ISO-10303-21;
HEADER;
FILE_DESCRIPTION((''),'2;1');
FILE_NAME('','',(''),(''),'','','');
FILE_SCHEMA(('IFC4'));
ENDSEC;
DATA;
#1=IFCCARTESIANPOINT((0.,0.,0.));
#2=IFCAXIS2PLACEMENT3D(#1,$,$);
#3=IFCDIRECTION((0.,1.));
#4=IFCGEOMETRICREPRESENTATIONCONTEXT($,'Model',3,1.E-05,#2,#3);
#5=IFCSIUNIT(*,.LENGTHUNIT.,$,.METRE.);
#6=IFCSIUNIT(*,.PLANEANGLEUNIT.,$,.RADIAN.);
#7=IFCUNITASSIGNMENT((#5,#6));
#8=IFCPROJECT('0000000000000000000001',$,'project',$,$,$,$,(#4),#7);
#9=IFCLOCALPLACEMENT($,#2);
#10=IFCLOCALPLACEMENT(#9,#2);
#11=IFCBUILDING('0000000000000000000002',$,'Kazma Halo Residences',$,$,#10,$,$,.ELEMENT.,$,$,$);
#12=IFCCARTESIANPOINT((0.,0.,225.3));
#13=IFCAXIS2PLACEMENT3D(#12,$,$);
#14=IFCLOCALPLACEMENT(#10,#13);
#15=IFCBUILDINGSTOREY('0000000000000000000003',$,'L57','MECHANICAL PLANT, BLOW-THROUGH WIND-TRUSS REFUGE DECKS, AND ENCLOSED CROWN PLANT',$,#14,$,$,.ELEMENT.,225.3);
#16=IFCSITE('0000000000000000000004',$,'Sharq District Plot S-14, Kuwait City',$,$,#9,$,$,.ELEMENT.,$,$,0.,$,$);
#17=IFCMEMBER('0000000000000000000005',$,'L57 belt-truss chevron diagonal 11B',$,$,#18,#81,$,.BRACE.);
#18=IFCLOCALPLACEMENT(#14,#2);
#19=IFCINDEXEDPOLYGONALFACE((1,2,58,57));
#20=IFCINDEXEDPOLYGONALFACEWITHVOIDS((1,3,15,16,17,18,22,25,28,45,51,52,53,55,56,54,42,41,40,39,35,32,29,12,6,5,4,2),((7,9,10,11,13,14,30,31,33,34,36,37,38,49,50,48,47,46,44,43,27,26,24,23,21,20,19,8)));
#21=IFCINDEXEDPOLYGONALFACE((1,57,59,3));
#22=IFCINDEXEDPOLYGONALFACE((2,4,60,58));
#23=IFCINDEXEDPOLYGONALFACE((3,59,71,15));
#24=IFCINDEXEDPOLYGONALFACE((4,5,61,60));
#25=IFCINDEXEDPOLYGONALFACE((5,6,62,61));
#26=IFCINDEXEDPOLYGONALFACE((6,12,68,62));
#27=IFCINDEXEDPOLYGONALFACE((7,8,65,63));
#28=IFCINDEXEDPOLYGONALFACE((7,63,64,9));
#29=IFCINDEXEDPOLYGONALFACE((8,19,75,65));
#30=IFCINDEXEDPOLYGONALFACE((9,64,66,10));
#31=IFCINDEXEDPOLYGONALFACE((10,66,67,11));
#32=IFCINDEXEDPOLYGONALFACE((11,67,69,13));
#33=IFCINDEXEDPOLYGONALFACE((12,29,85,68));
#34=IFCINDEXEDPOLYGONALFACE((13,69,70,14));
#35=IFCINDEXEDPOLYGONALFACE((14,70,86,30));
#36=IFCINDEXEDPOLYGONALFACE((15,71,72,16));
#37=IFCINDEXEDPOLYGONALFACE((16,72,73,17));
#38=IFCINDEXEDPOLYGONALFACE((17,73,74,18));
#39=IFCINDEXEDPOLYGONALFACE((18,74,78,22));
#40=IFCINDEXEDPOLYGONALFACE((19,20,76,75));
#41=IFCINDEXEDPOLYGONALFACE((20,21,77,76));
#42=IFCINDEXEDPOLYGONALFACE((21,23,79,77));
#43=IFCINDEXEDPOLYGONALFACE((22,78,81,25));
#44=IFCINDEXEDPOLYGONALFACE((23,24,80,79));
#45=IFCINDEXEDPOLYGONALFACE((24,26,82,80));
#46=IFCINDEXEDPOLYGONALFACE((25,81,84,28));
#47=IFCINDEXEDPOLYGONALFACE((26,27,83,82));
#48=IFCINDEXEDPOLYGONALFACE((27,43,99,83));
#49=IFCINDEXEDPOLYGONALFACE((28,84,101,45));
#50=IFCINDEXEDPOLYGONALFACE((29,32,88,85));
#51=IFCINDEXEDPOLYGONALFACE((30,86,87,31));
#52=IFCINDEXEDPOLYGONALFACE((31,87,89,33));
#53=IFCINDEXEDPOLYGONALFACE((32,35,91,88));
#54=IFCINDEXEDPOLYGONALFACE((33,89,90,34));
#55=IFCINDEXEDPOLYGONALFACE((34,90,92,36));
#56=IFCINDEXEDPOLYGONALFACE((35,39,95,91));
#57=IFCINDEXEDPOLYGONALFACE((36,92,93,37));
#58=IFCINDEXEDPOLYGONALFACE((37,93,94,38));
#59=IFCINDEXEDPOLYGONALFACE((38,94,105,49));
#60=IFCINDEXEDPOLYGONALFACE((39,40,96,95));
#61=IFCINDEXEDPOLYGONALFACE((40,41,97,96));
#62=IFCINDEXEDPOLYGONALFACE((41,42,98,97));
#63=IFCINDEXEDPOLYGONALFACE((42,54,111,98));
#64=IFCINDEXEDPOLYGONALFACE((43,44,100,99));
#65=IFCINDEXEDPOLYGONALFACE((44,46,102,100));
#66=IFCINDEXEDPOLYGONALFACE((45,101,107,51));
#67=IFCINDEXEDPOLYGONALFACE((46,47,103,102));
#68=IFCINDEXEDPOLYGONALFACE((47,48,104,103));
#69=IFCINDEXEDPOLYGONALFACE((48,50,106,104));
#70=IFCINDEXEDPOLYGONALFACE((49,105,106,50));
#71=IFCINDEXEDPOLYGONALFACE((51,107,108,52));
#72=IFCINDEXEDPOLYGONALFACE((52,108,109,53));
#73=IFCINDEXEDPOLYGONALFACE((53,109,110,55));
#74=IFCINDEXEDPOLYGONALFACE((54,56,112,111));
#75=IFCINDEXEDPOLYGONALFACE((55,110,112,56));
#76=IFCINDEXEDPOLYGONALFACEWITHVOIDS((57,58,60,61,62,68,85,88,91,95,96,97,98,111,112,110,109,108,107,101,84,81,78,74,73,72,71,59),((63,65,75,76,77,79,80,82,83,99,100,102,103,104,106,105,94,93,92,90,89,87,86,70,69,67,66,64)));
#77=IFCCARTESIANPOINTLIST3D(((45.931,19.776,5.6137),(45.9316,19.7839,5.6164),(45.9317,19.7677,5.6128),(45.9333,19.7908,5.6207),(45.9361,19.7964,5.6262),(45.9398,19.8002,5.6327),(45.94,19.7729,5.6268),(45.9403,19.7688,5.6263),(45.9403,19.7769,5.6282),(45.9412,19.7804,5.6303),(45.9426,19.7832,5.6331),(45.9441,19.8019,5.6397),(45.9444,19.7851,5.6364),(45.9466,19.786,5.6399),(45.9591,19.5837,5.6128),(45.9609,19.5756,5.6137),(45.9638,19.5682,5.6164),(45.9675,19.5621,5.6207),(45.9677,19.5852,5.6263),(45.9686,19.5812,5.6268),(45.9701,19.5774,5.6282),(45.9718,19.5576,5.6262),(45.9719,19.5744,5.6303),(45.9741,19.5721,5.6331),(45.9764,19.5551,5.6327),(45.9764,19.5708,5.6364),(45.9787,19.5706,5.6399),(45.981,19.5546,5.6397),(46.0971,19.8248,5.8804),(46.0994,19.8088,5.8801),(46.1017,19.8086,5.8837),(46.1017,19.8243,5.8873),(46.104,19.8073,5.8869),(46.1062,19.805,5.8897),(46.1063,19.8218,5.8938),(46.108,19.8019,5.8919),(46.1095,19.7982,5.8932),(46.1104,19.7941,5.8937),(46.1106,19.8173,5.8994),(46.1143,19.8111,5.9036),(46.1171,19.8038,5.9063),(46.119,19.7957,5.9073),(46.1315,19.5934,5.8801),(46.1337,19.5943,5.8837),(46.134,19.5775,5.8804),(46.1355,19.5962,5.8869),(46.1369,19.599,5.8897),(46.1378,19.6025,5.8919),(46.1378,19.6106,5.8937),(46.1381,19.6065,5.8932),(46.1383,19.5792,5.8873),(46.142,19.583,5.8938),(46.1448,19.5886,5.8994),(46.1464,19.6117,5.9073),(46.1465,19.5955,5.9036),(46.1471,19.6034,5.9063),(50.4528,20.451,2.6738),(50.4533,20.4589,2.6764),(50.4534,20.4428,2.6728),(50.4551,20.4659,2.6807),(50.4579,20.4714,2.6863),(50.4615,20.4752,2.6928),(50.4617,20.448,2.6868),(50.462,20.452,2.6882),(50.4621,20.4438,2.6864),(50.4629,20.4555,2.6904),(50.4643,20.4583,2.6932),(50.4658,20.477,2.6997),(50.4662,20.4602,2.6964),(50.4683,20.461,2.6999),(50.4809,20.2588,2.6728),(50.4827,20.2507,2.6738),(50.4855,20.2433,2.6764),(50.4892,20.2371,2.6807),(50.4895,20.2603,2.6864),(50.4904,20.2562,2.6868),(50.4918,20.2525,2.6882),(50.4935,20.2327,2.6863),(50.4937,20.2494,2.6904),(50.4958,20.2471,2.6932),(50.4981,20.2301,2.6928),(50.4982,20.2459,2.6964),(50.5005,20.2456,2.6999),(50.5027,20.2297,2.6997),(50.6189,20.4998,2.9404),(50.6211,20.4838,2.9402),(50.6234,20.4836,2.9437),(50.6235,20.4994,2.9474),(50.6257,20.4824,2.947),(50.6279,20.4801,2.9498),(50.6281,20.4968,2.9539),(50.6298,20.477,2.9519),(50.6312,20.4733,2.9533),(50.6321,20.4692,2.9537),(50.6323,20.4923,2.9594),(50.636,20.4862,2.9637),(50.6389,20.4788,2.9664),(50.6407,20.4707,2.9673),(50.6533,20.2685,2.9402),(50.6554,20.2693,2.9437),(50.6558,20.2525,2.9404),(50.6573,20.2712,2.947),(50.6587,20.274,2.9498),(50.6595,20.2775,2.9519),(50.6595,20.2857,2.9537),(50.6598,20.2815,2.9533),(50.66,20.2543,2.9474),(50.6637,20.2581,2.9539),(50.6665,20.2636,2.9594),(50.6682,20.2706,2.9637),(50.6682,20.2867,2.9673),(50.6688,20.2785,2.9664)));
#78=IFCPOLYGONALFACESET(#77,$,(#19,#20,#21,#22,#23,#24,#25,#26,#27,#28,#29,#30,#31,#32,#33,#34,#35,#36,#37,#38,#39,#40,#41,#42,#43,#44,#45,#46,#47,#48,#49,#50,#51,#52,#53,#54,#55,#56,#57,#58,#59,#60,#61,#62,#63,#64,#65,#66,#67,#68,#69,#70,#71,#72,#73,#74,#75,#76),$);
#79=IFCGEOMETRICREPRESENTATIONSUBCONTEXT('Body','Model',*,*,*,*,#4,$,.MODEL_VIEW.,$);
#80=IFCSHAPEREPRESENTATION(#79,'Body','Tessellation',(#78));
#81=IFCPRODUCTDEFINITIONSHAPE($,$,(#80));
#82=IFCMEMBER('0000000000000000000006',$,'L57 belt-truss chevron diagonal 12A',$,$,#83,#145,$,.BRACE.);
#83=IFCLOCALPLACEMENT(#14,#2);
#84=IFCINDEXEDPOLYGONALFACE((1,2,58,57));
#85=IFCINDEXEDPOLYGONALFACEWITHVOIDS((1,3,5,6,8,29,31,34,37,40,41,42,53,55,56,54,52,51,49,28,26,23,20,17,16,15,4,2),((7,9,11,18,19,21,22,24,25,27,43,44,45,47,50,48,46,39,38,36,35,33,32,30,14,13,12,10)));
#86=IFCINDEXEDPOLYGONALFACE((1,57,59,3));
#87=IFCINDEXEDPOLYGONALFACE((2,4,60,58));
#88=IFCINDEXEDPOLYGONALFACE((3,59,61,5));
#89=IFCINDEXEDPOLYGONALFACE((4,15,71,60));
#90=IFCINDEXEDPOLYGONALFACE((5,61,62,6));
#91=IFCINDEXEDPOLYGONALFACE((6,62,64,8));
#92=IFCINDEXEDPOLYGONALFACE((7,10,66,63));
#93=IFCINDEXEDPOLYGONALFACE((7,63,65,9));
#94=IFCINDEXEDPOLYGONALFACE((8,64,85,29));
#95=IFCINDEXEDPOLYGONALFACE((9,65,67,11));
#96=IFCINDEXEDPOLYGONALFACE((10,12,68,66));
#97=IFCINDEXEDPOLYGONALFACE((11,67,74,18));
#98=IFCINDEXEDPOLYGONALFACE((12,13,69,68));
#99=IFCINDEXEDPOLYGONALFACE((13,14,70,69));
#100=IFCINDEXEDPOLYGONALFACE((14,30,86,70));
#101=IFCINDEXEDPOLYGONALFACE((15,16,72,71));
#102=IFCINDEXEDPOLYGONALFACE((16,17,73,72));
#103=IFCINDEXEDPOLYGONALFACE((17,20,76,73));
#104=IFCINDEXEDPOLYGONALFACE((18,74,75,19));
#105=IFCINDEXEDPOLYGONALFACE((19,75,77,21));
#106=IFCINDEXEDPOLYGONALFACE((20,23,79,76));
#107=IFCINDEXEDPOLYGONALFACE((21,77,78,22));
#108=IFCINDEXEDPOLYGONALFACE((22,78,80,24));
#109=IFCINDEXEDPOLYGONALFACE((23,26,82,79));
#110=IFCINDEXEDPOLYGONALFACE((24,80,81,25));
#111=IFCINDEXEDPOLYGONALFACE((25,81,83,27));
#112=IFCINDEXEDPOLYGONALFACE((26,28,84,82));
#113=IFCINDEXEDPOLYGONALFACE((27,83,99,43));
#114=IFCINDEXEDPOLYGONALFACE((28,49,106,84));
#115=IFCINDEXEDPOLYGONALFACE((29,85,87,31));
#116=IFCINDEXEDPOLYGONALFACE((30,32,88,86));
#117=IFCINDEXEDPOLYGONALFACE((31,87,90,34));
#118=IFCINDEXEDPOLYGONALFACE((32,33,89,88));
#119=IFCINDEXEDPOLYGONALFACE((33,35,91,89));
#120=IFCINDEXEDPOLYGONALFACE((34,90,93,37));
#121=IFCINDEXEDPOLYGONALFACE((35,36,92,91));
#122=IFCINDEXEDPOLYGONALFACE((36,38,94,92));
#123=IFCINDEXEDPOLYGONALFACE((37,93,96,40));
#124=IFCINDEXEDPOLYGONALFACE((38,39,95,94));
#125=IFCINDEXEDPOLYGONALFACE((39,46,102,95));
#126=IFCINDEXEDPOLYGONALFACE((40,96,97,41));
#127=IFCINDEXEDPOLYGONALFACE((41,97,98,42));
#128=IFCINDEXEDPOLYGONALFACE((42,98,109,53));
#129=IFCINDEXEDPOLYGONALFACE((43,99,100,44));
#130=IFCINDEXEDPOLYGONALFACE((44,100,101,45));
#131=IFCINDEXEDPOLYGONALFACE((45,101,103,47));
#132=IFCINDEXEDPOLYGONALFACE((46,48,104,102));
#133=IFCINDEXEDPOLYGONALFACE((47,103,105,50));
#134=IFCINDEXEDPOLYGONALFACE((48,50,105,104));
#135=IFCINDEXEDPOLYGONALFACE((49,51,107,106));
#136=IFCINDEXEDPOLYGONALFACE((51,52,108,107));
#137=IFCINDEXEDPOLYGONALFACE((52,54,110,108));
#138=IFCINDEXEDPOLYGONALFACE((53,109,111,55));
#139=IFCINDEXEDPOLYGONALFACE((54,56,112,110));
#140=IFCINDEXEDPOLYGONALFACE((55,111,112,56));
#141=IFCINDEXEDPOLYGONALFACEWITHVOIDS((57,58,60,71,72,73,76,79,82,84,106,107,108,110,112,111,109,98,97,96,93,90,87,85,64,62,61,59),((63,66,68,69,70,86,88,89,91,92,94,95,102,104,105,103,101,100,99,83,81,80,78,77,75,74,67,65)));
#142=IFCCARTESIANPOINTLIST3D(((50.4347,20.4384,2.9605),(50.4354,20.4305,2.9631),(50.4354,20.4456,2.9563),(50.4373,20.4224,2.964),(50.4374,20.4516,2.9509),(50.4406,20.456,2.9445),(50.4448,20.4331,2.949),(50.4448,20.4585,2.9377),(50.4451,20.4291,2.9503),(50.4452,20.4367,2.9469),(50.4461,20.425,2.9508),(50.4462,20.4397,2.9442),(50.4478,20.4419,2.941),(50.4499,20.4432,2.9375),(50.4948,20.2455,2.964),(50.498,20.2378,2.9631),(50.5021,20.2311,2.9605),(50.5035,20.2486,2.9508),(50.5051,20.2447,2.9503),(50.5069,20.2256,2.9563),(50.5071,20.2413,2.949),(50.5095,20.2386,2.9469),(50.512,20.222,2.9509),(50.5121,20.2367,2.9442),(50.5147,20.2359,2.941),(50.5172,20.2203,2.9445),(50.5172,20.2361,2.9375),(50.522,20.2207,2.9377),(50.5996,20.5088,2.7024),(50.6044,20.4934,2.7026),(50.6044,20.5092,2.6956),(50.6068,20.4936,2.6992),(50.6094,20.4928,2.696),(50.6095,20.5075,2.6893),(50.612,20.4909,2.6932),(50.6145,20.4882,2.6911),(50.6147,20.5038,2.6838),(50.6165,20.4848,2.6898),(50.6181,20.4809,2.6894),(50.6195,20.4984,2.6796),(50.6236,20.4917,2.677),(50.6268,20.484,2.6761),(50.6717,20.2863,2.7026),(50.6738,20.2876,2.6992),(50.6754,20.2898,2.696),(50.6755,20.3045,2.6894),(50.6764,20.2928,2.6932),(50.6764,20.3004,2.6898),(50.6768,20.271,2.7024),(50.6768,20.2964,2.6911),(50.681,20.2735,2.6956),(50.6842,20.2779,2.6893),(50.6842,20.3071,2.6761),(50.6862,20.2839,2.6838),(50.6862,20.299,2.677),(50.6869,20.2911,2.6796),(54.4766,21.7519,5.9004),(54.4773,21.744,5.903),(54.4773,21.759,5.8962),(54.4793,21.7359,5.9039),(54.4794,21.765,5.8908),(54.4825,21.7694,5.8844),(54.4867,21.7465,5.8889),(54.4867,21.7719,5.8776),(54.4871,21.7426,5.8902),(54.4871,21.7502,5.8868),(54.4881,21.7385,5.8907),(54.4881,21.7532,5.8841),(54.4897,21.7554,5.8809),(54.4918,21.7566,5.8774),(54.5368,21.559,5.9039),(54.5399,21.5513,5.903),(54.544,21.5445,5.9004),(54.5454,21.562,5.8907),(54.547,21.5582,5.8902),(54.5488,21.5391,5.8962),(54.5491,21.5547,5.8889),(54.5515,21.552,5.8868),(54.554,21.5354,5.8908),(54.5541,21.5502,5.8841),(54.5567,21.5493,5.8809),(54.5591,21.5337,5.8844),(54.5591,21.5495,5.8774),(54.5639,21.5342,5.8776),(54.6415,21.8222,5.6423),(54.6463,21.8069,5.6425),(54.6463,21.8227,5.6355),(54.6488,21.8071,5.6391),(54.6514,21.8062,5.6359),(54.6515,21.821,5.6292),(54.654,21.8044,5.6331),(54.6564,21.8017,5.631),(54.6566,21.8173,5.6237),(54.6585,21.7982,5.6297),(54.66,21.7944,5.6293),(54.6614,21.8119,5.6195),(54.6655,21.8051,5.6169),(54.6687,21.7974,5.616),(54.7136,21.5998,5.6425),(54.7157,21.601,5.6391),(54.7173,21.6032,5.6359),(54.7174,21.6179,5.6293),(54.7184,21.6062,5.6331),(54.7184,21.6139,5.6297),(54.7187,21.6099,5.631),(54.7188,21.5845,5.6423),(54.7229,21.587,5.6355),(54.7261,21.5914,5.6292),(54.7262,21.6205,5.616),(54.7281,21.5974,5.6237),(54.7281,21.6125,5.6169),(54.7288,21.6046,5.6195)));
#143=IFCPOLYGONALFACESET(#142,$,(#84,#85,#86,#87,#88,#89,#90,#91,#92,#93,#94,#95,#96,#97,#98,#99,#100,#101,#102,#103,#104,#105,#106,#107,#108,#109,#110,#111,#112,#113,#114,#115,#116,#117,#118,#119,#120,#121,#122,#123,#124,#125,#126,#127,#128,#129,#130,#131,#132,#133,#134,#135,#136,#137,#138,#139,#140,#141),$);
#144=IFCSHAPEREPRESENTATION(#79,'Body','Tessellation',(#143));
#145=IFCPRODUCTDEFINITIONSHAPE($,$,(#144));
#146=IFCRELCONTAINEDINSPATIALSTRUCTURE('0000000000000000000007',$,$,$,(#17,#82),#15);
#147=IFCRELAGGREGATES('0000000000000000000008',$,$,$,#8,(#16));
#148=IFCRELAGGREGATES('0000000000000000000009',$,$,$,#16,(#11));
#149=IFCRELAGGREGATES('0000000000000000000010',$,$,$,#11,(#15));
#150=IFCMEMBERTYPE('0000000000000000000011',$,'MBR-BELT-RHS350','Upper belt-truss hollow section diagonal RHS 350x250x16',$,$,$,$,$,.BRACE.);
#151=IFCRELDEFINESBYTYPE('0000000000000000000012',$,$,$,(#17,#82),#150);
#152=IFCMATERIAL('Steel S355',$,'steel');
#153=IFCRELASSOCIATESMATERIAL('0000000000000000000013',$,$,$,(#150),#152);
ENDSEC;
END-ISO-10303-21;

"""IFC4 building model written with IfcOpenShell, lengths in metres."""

from ifc_helpers import new_model, si_unit, direction, frame, origin, origin_2d, place, context, subcontext, project, spatial, hollow_rectangle, extrude, material, material_profile, profile_set, type_object, element, save


model = new_model("IFC4")

# Units and contexts
model_context = context("Model", 3, precision=1e-05, world=origin(), true_north=direction((0.0, 1.0)))
body_context = subcontext(model_context, "Body", "Model", "MODEL_VIEW")
ifc_project = project(units=[si_unit("LENGTHUNIT", "METRE"), si_unit("PLANEANGLEUNIT", "RADIAN")], contexts=[model_context])

# Site, building, storey
site_placement = place(None, origin())
site = spatial("IfcSite", under=ifc_project, at=site_placement, Name="Sharq District Plot S-14, Kuwait City", CompositionType="ELEMENT", RefElevation=0.0)
building_placement = place(site_placement, origin())
building = spatial("IfcBuilding", under=site, at=building_placement, Name="Kazma Halo Residences", CompositionType="ELEMENT")
storey_placement = place(building_placement, frame((0.0, 0.0, 225.3)))
storey = spatial("IfcBuildingStorey", under=building, at=storey_placement, Name="L57", Description="MECHANICAL PLANT, BLOW-THROUGH WIND-TRUSS REFUGE DECKS, AND ENCLOSED CROWN PLANT", CompositionType="ELEMENT", Elevation=225.3)

# Shared definitions
ifc_material_1 = material(Name="Steel S355", Category="steel")

# Members
ifc_material_profile_1 = material_profile(ifc_material_1, hollow_rectangle(XDim=0.25, YDim=0.3501, WallThickness=0.0161, InnerFilletRadius=0.0161, OuterFilletRadius=0.032, at=origin_2d()), Name="RHS350x250x16")
ifc_profile_set_1 = profile_set([ifc_material_profile_1], Name="Steel S355")
member_type_1 = type_object("IfcMemberType", Name="MBR-BELT-RHS350", Description="Upper belt-truss hollow section diagonal RHS 350x250x16", PredefinedType="BRACE", material=ifc_profile_set_1)
member_1_placement = place(storey_placement, frame((50.5608, 20.3647, 2.8201), z_axis=(-0.831884, -0.124192, 0.540875), x_axis=(0.147654, -0.989039, 0.0)))
element("IfcMember", 1, at=member_1_placement, inside=storey, type_object=member_type_1, Name="L57 belt-truss chevron diagonal 11B", PredefinedType="BRACE", context=body_context, shape_type="SweptSolid", body=[
    extrude(hollow_rectangle(XDim=0.25, YDim=0.3501, WallThickness=0.0161, InnerFilletRadius=0.0161, OuterFilletRadius=0.032, at=origin_2d()), origin(), (0.0, 0.0, 1.0), 5.4355),
])
member_2_placement = place(storey_placement, frame((50.5608, 20.3647, 2.8201), z_axis=(0.782149, 0.254165, 0.568896), x_axis=(-0.30905, 0.951046, 0.0)))
element("IfcMember", 2, at=member_2_placement, inside=storey, type_object=member_type_1, Name="L57 belt-truss chevron diagonal 12A", PredefinedType="BRACE", context=body_context, shape_type="SweptSolid", body=[
    extrude(hollow_rectangle(XDim=0.25, YDim=0.3501, WallThickness=0.0161, InnerFilletRadius=0.0161, OuterFilletRadius=0.032, at=origin_2d()), origin(), (0.0, 0.0, 1.0), 5.1677),
])

save(model, "model.ifc")
